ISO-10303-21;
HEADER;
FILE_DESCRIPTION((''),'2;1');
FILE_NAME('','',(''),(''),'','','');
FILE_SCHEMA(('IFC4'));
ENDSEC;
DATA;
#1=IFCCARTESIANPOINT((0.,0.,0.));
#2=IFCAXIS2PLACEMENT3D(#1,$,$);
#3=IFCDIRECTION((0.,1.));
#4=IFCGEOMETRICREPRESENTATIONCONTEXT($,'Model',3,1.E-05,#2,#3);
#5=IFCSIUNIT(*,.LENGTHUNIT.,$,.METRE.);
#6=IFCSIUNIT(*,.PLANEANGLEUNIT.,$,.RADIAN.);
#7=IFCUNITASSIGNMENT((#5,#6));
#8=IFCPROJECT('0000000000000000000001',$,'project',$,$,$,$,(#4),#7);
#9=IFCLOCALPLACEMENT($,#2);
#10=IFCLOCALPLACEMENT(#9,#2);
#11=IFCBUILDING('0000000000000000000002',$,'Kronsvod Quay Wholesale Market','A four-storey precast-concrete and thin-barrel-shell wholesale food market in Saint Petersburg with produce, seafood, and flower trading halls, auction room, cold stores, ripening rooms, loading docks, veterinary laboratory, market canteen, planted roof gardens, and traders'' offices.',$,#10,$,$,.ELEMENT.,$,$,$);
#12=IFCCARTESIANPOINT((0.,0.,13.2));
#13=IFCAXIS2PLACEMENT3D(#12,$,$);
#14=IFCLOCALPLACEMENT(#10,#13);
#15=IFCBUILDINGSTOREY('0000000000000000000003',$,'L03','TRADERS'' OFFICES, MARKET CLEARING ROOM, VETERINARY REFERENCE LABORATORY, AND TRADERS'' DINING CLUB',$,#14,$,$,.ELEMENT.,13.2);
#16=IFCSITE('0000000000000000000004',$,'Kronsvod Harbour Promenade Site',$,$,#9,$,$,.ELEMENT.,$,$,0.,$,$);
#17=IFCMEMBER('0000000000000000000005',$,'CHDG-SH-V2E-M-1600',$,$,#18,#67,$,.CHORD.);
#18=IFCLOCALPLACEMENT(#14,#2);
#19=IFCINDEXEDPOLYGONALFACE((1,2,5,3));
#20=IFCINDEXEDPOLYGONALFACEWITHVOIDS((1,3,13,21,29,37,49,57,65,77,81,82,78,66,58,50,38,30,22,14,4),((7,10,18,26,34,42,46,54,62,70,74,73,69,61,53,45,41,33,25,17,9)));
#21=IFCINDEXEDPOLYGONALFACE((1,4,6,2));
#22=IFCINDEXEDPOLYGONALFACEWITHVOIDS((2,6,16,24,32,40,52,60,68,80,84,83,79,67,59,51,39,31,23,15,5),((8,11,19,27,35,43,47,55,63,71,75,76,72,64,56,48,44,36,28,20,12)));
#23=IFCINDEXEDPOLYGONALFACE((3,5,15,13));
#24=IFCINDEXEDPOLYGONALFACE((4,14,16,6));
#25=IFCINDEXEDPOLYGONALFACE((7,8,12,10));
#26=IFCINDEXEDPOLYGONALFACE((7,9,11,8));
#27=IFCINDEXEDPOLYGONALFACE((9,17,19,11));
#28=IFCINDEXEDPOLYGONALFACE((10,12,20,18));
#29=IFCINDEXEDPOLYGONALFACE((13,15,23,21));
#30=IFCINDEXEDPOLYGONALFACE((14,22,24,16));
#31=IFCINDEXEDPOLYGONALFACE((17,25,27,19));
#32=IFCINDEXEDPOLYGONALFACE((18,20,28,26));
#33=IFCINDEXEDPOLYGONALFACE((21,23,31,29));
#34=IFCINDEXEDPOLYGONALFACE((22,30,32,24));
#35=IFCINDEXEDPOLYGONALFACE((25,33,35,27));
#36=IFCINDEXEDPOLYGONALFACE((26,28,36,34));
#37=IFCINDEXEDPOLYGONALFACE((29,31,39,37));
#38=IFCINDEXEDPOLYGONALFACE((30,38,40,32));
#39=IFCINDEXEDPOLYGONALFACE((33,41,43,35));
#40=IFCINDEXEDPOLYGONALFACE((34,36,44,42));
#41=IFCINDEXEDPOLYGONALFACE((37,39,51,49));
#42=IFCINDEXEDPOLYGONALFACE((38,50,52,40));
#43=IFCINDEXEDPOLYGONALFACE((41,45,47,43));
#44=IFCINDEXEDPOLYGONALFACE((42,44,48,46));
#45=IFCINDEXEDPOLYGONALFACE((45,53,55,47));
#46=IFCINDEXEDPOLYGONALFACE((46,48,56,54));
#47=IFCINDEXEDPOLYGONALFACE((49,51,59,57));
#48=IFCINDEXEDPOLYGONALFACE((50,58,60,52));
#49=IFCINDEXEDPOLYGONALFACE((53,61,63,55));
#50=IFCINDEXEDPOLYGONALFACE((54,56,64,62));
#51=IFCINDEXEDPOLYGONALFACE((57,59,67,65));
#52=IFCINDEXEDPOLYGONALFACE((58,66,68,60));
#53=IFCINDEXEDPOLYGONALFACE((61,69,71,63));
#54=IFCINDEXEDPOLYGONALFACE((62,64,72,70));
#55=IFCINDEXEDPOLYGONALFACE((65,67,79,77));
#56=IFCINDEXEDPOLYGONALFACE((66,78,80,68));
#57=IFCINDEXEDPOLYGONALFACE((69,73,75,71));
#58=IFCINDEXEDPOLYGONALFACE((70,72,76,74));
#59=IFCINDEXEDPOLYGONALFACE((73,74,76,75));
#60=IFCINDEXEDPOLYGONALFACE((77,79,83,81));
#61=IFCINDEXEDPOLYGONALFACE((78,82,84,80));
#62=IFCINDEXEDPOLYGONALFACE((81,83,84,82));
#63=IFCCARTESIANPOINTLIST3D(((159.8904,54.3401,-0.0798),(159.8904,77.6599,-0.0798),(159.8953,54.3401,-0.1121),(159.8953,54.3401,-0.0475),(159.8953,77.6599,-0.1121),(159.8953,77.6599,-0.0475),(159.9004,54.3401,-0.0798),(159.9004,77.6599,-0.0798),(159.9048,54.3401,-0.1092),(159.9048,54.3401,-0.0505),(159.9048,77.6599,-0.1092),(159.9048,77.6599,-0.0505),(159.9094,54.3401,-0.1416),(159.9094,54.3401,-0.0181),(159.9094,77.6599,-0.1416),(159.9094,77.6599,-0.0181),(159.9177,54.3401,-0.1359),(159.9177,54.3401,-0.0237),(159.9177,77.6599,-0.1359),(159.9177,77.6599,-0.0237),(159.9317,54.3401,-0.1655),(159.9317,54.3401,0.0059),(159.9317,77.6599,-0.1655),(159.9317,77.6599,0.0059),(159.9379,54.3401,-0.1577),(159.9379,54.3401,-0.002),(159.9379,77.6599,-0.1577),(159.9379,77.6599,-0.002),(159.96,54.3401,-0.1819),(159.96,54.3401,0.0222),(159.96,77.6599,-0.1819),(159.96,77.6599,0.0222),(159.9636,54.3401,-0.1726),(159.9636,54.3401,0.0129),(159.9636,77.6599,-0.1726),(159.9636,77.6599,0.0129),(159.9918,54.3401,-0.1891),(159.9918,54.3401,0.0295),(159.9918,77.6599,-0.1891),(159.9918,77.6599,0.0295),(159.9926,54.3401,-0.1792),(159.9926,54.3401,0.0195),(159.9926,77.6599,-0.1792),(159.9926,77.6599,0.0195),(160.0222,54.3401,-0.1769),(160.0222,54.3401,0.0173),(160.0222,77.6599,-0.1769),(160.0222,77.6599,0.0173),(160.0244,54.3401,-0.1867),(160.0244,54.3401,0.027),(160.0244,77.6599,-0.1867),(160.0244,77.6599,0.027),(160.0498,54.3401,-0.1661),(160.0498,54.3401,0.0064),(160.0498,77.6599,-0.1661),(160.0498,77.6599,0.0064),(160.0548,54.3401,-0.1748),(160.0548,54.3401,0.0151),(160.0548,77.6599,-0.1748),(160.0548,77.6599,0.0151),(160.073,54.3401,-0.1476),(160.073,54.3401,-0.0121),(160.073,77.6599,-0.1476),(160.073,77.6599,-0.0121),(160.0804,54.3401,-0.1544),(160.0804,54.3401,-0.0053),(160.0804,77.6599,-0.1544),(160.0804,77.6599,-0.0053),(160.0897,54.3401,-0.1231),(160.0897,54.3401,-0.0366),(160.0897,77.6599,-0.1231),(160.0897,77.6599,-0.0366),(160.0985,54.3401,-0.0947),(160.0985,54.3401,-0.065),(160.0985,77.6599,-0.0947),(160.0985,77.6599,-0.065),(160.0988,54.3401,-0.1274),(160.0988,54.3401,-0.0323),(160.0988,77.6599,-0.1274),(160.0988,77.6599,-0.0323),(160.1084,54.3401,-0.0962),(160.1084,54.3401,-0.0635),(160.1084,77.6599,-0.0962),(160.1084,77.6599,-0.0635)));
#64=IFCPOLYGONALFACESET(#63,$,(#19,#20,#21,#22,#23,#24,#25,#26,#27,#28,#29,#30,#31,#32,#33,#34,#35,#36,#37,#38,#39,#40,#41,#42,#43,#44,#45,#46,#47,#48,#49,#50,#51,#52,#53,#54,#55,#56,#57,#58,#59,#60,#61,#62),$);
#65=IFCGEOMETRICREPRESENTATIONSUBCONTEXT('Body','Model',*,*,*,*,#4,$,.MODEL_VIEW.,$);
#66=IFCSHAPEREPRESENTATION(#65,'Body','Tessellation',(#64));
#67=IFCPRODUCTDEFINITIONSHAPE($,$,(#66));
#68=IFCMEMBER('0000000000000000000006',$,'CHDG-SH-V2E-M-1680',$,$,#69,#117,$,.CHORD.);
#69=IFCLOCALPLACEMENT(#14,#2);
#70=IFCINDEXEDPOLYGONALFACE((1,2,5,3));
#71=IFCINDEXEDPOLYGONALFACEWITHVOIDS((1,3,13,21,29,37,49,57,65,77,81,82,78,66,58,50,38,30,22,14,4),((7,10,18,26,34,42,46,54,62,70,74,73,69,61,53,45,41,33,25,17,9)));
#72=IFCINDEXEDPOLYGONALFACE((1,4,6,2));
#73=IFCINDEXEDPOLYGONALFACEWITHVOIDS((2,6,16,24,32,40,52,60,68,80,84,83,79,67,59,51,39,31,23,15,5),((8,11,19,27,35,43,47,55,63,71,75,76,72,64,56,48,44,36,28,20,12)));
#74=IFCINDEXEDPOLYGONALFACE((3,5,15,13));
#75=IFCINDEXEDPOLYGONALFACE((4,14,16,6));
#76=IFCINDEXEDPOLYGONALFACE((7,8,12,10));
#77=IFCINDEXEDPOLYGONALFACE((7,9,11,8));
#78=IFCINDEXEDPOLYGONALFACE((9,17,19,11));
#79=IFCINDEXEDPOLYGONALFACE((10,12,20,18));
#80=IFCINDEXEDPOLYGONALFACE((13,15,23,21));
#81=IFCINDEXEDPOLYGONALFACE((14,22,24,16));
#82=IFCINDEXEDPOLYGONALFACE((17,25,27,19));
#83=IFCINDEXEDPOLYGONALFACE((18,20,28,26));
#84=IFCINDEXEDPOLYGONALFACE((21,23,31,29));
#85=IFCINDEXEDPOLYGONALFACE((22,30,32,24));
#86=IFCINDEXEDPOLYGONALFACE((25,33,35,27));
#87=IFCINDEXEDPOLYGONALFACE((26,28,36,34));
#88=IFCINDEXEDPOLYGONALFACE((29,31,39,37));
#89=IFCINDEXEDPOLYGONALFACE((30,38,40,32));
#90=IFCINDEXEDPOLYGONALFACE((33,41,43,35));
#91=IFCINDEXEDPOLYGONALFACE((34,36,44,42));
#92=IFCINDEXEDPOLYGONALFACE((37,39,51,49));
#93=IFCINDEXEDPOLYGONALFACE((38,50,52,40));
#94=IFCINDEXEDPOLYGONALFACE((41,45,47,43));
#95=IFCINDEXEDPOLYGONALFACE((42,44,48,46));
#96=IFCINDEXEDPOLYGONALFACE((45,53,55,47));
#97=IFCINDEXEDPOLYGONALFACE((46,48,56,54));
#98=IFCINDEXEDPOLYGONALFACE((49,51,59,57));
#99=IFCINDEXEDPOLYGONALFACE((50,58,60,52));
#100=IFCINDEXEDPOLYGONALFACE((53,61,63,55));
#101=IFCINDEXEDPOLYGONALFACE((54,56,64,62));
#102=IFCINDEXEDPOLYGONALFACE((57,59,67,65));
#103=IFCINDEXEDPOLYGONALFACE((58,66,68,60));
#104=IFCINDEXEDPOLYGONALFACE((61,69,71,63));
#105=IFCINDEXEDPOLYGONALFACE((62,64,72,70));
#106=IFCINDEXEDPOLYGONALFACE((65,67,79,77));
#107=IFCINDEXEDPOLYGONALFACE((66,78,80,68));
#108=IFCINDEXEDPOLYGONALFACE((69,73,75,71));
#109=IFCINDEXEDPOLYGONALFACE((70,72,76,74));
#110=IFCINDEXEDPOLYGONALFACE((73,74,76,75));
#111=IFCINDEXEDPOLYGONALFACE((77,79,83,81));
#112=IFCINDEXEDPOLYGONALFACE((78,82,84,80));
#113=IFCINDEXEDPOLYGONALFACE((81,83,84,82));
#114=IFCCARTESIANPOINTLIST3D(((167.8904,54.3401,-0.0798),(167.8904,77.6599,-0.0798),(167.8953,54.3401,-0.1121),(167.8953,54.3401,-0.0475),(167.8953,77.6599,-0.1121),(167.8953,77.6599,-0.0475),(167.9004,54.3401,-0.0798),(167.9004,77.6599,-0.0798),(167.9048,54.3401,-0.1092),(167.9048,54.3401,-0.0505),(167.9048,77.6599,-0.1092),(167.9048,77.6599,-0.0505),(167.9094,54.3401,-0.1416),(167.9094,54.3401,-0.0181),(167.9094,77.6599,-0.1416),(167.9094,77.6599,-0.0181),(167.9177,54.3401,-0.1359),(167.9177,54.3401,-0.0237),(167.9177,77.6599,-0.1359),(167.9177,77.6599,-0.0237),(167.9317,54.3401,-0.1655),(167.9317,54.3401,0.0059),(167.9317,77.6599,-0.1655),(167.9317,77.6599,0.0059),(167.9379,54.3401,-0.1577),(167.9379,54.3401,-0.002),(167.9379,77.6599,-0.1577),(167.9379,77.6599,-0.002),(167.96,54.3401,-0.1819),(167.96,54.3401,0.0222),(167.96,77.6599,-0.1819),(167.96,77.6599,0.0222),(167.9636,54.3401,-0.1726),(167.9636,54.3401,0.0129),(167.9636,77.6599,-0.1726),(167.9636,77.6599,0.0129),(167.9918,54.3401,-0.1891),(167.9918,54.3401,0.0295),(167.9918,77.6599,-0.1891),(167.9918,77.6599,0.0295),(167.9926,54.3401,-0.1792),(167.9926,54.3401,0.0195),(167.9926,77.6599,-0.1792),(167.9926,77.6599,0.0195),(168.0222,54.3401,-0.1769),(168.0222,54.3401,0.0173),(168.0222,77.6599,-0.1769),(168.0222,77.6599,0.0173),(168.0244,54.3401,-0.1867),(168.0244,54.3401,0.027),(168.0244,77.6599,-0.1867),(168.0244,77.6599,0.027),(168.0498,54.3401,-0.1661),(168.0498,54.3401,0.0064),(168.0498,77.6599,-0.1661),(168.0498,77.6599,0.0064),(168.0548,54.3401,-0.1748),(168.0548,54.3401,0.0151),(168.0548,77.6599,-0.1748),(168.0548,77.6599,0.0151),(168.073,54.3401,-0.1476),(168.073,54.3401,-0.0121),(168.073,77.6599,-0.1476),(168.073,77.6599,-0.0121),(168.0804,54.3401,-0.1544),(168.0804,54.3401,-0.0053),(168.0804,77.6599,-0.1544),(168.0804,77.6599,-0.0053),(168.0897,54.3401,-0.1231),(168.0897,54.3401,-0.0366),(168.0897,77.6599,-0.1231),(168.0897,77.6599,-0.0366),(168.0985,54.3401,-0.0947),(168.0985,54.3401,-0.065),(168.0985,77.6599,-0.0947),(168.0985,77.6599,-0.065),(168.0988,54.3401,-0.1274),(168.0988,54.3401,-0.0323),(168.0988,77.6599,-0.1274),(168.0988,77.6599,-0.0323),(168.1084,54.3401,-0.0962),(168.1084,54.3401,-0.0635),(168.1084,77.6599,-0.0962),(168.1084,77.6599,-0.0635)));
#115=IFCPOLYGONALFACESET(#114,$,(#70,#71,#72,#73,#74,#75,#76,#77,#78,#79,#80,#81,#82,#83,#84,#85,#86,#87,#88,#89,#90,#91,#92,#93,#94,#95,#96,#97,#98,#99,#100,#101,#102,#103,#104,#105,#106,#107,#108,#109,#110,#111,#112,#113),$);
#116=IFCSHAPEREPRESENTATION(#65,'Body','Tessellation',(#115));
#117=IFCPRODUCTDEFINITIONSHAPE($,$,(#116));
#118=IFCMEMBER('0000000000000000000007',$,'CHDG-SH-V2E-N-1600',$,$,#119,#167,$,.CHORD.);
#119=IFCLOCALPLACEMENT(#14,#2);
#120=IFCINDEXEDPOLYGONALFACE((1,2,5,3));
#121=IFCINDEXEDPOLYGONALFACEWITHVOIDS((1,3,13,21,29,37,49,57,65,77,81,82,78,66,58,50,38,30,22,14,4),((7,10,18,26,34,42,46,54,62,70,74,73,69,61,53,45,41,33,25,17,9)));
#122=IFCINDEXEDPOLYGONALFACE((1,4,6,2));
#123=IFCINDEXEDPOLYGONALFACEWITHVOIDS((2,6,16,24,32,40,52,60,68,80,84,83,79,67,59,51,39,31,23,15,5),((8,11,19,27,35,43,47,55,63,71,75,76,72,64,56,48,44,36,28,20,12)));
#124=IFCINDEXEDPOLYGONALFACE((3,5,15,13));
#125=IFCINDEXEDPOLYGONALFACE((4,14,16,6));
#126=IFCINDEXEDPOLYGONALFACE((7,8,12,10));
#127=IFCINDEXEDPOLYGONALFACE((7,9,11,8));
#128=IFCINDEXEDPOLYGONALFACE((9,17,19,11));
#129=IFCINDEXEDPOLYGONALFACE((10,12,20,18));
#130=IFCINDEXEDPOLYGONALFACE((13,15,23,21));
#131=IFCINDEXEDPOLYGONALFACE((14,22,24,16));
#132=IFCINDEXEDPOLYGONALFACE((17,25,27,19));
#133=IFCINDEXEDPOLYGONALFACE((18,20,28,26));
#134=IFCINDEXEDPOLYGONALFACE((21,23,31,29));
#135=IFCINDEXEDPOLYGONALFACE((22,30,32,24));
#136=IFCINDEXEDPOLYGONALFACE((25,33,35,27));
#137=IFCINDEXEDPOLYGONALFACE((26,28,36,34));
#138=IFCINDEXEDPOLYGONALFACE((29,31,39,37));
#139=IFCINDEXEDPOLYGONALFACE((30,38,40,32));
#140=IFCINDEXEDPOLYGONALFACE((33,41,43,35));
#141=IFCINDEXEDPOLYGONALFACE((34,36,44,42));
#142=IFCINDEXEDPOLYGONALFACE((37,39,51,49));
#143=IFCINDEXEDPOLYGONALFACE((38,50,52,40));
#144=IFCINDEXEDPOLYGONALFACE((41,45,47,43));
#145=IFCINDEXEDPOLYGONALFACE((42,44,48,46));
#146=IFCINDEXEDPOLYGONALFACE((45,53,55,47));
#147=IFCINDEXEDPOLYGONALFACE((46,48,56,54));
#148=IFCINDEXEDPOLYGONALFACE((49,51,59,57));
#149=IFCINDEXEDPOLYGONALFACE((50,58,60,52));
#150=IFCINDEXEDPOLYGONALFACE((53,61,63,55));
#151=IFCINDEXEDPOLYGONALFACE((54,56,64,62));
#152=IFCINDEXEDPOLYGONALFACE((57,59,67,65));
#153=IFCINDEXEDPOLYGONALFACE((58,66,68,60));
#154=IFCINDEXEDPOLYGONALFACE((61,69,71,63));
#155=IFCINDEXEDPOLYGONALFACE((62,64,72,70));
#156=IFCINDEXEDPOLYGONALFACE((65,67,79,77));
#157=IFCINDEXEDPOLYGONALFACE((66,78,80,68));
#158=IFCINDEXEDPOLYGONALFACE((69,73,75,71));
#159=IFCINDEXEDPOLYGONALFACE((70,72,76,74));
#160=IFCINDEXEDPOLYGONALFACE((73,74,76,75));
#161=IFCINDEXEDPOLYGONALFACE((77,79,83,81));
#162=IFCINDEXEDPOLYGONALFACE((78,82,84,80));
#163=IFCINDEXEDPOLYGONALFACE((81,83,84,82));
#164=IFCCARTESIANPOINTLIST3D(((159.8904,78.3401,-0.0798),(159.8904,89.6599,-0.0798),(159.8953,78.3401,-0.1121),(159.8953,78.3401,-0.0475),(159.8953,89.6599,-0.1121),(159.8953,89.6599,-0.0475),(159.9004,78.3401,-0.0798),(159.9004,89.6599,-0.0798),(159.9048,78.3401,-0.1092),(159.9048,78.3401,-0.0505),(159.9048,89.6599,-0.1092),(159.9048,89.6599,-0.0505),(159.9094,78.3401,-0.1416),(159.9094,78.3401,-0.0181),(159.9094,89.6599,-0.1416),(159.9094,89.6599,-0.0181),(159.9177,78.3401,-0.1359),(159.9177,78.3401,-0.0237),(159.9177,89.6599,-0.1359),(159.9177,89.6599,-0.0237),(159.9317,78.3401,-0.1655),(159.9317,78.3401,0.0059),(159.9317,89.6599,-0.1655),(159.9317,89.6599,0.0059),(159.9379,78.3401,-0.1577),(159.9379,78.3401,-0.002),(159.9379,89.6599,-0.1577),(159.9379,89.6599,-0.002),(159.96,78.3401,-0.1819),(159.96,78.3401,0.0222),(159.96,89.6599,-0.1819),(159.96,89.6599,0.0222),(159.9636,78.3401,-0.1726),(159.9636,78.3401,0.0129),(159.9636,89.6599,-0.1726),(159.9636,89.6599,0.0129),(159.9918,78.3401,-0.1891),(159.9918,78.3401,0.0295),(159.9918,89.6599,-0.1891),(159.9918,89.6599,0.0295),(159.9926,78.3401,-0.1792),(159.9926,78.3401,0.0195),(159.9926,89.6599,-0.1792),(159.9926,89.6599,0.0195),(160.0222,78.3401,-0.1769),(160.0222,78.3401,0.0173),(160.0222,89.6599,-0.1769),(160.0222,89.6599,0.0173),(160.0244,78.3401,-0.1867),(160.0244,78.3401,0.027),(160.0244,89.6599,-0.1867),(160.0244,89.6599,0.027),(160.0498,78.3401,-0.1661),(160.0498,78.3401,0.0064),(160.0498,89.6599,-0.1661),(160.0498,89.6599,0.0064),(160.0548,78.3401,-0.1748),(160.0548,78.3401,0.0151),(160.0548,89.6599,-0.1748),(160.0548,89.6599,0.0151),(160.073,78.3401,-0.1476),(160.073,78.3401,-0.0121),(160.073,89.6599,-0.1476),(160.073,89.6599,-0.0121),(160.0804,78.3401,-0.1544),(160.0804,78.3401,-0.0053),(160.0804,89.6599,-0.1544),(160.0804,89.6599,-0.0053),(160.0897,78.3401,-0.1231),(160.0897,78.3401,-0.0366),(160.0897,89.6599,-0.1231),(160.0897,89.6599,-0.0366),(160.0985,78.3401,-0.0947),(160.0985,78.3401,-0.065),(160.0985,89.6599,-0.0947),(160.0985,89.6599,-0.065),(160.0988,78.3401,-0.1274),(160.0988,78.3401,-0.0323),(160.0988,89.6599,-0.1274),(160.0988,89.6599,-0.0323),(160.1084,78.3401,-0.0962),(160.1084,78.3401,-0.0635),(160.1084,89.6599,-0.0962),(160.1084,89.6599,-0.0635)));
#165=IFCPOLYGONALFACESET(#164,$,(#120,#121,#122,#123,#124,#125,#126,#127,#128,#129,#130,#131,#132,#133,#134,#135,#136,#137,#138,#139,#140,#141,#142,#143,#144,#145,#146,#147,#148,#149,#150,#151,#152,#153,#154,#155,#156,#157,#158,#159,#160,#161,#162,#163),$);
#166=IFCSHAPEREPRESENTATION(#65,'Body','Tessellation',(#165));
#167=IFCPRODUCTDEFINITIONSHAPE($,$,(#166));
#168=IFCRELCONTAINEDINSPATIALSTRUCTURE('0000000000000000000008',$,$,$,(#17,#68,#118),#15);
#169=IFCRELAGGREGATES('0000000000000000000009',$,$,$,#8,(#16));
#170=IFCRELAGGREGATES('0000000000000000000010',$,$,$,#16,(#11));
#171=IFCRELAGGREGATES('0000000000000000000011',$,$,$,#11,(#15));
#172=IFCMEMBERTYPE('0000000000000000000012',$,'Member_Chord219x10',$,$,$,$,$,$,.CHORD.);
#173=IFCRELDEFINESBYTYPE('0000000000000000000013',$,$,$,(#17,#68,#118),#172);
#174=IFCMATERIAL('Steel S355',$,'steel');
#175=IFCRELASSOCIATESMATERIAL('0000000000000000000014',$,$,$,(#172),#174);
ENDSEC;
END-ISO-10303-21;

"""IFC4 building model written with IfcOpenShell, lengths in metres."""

from ifc_helpers import new_model, si_unit, direction, frame, origin, origin_2d, place, context, subcontext, project, spatial, hollow_circle, extrude, material, material_profile, profile_set, type_object, element, save


model = new_model("IFC4")

# Units and contexts
model_context = context("Model", 3, precision=1e-05, world=origin(), true_north=direction((0.0, 1.0)))
body_context = subcontext(model_context, "Body", "Model", "MODEL_VIEW")
ifc_project = project(units=[si_unit("LENGTHUNIT", "METRE"), si_unit("PLANEANGLEUNIT", "RADIAN")], contexts=[model_context])

# Site, building, storey
site_placement = place(None, origin())
site = spatial("IfcSite", under=ifc_project, at=site_placement, Name="Kronsvod Harbour Promenade Site", CompositionType="ELEMENT", RefElevation=0.0)
building_placement = place(site_placement, origin())
building = spatial("IfcBuilding", under=site, at=building_placement, Name="Kronsvod Quay Wholesale Market", Description="A four-storey precast-concrete and thin-barrel-shell wholesale food market in Saint Petersburg with produce, seafood, and flower trading halls, auction room, cold stores, ripening rooms, loading docks, veterinary laboratory, market canteen, planted roof gardens, and traders' offices.", CompositionType="ELEMENT")
storey_placement = place(building_placement, frame((0.0, 0.0, 13.2)))
storey = spatial("IfcBuildingStorey", under=building, at=storey_placement, Name="L03", Description="TRADERS' OFFICES, MARKET CLEARING ROOM, VETERINARY REFERENCE LABORATORY, AND TRADERS' DINING CLUB", CompositionType="ELEMENT", Elevation=13.2)

# Members
ifc_material_1 = material(Name="Steel S355", Category="steel")
ifc_material_profile_1 = material_profile(ifc_material_1, hollow_circle(Radius=0.1096, WallThickness=0.01, at=origin_2d()), Name="CHS219x10")
ifc_profile_set_1 = profile_set([ifc_material_profile_1], Name="Steel S355")
member_type_1 = type_object("IfcMemberType", Name="Member_Chord219x10", PredefinedType="CHORD", material=ifc_profile_set_1)
for number, where, z_axis, x_axis, name in (
    (1, (160.0, 54.3401, -0.0798), (0.0, 1.0, 0.0), (-1.0, 0.0, 0.0), "CHDG-SH-V2E-M-1600"),
    (2, (168.0, 54.3401, -0.0798), (0.0, 1.0, 0.0), (-1.0, 0.0, 0.0), "CHDG-SH-V2E-M-1680"),
):
    element("IfcMember", number, at=place(storey_placement, frame(where, z_axis=z_axis, x_axis=x_axis)), inside=storey, type_object=member_type_1, Name=name, PredefinedType="CHORD", context=body_context, shape_type="SweptSolid", body=[
        extrude(hollow_circle(Radius=0.1096, WallThickness=0.01, at=origin_2d()), origin(), (0.0, 0.0, 1.0), 23.3198),
    ])
for number, where, z_axis, x_axis, name in (
    (3, (160.0, 78.3401, -0.0798), (0.0, 1.0, 0.0), (-1.0, 0.0, 0.0), "CHDG-SH-V2E-N-1600"),
):
    element("IfcMember", number, at=place(storey_placement, frame(where, z_axis=z_axis, x_axis=x_axis)), inside=storey, type_object=member_type_1, Name=name, PredefinedType="CHORD", context=body_context, shape_type="SweptSolid", body=[
        extrude(hollow_circle(Radius=0.1096, WallThickness=0.01, at=origin_2d()), origin(), (0.0, 0.0, 1.0), 11.3198),
    ])

save(model, "model.ifc")
